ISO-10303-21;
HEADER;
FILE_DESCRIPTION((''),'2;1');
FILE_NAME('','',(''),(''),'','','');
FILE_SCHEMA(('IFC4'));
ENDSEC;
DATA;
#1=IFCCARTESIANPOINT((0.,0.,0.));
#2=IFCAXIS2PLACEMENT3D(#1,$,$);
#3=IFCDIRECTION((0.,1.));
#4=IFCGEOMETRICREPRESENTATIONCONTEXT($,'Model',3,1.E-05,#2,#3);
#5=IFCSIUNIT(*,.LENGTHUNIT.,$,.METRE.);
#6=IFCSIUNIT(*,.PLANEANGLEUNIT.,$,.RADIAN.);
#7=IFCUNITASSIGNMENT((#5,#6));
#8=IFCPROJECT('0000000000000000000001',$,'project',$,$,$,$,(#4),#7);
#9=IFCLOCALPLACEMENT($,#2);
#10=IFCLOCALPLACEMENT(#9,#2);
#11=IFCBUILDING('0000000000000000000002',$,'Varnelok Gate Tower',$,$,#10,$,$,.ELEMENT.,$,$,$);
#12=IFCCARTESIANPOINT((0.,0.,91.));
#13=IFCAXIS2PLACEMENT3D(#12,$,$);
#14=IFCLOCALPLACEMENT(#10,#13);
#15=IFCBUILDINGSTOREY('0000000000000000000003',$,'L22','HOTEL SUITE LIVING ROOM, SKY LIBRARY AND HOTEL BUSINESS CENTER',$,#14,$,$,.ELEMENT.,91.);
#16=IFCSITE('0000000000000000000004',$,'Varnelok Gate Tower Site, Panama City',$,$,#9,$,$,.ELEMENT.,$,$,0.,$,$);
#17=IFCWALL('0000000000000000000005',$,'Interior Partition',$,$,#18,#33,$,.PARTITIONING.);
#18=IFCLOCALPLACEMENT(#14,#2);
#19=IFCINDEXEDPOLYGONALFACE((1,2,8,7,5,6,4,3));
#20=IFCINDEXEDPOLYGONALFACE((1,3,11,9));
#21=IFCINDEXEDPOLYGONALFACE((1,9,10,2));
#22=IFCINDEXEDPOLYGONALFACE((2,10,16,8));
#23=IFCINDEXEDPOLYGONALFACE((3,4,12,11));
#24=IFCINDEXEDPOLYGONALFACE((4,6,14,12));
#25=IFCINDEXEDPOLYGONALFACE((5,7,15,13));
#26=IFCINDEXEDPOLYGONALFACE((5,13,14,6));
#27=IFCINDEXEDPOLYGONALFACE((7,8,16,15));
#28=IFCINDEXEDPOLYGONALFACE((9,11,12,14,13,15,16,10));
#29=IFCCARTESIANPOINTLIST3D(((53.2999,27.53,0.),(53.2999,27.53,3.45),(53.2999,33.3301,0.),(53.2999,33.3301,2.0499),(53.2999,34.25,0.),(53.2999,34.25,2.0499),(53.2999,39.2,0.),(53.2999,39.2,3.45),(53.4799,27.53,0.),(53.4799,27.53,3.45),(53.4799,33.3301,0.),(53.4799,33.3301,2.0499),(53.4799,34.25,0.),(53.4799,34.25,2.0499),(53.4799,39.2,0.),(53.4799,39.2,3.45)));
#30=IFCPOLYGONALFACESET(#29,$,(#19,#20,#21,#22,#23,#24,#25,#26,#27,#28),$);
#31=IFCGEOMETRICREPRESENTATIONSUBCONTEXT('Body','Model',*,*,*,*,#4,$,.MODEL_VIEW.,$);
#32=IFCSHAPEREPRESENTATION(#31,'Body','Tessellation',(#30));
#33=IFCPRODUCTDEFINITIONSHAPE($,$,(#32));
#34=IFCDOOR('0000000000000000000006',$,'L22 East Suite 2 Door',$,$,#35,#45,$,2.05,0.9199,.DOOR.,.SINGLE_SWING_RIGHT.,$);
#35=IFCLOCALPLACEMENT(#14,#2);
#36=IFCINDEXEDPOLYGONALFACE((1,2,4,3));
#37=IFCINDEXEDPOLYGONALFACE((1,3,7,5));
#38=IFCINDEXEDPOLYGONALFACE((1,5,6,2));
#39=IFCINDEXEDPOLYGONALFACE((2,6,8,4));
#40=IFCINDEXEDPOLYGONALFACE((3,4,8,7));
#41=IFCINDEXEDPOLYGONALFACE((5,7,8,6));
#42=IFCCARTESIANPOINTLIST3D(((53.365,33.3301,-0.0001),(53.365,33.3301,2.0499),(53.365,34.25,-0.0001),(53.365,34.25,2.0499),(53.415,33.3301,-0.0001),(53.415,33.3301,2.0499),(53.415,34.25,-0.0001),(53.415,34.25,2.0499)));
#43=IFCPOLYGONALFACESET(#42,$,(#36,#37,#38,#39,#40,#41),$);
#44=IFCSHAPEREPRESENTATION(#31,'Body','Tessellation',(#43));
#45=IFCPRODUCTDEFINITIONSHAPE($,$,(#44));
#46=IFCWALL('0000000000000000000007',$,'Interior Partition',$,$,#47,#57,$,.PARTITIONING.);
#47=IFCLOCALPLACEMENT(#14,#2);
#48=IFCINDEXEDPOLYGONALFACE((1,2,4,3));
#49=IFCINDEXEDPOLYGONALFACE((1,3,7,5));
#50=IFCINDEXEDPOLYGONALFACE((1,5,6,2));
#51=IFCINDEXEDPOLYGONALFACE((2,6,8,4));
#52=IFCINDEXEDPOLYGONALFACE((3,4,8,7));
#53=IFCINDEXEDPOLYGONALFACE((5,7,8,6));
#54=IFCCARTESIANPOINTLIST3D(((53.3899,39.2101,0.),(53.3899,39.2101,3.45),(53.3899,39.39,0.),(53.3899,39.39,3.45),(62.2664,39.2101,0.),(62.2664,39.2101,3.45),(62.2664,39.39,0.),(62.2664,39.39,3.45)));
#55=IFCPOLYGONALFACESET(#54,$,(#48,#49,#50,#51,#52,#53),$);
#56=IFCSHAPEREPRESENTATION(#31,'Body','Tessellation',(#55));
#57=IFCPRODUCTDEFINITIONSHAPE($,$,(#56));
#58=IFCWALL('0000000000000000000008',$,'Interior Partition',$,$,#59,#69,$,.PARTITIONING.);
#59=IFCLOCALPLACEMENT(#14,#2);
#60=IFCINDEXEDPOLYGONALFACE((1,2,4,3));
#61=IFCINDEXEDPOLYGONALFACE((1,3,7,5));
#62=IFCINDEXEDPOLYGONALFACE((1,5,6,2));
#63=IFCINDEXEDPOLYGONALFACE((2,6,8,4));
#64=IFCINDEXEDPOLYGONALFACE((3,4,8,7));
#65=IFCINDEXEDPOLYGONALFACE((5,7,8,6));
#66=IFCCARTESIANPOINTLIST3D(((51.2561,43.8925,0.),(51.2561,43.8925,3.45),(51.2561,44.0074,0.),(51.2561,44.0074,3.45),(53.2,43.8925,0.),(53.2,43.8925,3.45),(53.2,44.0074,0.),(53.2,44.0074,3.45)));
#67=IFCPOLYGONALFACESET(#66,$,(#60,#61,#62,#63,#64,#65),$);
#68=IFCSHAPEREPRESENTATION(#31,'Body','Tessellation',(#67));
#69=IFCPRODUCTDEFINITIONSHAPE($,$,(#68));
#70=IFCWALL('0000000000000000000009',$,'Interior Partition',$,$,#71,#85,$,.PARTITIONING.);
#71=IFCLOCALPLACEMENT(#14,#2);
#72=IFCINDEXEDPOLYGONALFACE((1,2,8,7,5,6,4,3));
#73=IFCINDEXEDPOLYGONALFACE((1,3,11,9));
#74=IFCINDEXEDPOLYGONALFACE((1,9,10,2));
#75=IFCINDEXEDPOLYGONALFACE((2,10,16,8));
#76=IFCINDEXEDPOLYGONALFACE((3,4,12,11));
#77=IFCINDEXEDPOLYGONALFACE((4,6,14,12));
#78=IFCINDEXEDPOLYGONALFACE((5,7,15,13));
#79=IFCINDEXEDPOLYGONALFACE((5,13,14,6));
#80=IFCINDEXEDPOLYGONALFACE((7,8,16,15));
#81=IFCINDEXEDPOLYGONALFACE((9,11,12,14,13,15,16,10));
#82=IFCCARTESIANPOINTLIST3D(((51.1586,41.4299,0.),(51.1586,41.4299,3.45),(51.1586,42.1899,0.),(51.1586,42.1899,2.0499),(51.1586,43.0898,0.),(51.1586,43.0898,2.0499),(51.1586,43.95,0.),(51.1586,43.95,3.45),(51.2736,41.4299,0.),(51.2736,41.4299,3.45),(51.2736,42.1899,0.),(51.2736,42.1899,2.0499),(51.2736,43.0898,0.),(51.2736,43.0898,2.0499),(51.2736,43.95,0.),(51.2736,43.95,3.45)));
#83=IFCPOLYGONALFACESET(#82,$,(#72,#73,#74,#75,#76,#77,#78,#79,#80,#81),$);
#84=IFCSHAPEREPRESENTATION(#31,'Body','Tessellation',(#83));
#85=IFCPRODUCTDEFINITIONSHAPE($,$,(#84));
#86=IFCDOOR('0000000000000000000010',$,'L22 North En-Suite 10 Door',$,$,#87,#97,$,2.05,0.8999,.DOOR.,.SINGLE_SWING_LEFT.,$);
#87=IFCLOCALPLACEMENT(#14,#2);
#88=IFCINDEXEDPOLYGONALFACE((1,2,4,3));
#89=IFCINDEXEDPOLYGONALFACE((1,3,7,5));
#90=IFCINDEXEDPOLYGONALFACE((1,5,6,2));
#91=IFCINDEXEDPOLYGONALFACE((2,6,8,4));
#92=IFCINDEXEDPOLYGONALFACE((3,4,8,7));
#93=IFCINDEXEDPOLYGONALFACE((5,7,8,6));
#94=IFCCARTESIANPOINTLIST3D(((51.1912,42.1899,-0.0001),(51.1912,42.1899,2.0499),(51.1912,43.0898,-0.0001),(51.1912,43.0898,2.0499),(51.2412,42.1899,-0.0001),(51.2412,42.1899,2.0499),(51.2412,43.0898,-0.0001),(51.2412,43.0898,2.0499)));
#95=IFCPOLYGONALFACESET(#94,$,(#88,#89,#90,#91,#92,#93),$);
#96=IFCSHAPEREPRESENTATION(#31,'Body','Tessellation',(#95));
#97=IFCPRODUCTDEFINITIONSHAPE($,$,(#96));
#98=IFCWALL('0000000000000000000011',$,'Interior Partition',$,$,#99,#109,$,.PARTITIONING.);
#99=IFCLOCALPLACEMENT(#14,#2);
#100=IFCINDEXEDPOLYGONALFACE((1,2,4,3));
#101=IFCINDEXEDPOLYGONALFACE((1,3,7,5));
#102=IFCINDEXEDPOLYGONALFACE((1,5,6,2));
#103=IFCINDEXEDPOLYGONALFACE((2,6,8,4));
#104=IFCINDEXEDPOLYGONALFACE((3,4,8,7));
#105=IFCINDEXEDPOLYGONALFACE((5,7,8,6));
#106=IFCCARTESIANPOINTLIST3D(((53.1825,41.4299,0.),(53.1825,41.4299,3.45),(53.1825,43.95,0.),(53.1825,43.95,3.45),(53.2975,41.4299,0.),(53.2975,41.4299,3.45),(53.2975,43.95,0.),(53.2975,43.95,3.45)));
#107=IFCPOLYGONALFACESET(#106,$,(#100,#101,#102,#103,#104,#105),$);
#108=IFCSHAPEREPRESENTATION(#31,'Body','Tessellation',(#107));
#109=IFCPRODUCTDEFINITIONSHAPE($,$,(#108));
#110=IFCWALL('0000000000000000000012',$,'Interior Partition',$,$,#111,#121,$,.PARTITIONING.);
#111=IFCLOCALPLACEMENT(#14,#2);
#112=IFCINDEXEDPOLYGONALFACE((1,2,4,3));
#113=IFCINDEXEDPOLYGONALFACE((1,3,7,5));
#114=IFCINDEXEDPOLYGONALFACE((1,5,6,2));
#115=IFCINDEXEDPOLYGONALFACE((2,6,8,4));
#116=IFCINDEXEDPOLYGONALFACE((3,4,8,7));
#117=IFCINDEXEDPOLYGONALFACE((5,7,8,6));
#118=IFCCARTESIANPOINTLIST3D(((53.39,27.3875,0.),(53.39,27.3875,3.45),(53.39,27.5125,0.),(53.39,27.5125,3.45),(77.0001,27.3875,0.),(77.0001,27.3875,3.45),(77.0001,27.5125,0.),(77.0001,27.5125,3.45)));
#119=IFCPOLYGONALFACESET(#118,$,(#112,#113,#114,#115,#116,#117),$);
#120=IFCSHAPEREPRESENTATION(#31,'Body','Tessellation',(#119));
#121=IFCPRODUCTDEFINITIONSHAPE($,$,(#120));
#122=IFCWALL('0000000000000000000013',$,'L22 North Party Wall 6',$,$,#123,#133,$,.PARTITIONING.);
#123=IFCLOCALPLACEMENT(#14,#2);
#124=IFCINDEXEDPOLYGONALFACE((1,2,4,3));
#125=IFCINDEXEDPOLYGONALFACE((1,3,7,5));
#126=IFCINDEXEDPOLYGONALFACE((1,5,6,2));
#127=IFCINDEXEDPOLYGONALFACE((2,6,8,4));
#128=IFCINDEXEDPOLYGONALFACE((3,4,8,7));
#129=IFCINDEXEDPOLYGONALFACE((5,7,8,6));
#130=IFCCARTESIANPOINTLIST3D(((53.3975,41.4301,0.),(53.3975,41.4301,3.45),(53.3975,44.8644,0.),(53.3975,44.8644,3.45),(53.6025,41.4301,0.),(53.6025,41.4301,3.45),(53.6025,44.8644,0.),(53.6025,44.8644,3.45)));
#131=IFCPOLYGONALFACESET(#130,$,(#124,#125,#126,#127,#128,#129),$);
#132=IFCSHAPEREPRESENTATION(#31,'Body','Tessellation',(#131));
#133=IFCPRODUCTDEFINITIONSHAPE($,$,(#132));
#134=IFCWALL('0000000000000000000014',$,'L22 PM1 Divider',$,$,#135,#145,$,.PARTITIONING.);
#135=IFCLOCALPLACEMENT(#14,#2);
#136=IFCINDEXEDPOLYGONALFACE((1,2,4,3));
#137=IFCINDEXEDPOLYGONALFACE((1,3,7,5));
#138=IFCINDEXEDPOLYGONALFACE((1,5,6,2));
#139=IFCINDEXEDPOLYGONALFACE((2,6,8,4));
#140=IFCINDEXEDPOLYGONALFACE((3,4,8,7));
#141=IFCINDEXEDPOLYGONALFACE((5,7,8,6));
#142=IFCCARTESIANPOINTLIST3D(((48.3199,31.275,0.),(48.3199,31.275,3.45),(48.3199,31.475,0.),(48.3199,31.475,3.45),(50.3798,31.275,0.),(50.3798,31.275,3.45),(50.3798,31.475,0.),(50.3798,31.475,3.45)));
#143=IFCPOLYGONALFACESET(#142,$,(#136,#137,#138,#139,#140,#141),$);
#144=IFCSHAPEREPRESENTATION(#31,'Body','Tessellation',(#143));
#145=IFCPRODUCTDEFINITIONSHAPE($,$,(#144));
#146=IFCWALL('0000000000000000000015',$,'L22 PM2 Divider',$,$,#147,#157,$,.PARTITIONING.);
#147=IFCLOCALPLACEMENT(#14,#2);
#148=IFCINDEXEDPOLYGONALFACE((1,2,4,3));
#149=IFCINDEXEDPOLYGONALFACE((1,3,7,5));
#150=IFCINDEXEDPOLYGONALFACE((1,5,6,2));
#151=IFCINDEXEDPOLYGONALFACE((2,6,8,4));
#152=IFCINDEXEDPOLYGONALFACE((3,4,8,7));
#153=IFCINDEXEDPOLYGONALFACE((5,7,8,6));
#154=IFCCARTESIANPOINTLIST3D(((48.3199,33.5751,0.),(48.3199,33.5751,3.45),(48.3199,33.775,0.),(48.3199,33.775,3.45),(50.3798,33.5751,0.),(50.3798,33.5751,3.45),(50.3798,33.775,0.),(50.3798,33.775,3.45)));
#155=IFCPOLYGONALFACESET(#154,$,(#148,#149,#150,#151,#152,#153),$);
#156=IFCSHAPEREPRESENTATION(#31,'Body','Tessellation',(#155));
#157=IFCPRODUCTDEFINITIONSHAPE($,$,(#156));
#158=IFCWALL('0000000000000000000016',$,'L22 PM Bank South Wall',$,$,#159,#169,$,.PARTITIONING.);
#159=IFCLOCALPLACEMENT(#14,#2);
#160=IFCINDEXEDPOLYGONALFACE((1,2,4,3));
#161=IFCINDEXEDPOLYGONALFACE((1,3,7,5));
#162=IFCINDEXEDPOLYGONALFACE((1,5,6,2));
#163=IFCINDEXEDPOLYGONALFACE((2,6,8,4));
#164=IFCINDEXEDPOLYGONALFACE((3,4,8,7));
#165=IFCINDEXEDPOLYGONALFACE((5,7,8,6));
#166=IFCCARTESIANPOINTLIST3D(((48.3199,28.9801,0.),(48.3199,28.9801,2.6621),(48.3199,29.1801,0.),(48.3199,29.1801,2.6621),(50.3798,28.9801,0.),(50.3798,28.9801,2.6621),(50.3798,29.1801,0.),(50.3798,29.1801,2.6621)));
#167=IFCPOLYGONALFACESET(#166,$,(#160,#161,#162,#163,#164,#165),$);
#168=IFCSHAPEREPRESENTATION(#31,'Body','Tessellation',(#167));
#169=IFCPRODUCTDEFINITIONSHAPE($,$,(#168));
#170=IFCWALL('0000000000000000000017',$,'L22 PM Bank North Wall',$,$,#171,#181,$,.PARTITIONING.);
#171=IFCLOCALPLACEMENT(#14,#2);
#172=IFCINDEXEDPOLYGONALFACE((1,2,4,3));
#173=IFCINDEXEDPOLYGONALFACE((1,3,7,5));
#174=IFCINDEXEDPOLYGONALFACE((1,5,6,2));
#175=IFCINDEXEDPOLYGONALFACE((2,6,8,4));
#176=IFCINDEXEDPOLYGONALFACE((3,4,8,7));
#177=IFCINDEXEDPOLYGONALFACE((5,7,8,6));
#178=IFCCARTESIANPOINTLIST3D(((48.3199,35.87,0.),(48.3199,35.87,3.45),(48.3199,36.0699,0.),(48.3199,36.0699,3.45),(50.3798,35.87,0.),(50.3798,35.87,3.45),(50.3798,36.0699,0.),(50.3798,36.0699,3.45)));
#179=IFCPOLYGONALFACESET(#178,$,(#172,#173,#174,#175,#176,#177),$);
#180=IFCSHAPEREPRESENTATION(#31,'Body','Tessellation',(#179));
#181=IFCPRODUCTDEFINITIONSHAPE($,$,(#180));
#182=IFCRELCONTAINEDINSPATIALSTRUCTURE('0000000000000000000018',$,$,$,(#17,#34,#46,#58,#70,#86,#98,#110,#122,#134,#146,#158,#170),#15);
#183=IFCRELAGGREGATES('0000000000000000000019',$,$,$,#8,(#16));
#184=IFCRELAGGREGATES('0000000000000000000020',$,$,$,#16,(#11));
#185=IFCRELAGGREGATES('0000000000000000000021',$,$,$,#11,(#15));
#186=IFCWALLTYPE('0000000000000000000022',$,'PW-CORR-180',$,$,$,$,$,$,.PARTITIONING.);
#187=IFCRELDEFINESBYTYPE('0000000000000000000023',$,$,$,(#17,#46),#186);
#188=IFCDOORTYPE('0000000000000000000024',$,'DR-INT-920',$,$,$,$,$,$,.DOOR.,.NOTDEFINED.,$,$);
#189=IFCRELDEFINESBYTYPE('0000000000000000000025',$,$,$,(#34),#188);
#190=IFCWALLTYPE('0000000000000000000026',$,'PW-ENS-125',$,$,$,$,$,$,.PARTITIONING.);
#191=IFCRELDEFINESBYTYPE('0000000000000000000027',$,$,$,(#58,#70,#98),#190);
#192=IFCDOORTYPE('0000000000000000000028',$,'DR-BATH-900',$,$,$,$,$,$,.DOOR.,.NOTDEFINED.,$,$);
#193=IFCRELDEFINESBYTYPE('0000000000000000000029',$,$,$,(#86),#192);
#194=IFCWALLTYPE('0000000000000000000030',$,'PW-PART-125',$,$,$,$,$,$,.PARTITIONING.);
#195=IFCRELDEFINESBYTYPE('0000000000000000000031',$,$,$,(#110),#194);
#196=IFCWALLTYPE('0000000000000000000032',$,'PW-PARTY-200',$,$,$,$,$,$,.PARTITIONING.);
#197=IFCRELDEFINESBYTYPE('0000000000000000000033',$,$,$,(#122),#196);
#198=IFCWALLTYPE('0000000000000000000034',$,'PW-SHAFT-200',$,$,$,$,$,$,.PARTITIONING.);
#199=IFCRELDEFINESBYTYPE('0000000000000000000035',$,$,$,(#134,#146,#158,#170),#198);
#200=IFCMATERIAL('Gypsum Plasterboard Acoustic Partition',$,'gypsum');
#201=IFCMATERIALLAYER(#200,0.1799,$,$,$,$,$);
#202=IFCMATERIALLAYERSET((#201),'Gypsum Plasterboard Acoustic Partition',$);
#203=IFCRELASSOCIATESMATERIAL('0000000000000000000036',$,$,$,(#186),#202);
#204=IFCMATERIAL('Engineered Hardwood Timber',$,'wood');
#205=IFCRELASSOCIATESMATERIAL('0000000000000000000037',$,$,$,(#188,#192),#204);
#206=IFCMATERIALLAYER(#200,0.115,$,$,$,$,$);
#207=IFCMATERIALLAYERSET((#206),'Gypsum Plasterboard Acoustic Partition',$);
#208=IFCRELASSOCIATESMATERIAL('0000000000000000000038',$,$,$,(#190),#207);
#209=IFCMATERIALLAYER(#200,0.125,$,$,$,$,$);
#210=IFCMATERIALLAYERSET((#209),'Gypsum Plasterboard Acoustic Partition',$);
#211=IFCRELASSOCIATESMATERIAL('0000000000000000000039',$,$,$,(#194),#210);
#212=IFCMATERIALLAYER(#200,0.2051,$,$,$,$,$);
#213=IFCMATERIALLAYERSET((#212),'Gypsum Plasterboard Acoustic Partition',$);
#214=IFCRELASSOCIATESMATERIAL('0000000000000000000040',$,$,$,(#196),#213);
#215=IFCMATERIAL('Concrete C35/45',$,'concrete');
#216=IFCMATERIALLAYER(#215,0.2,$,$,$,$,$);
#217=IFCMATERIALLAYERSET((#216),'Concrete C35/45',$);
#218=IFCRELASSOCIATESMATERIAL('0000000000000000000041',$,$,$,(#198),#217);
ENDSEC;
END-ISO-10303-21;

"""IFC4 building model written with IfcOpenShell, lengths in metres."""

from ifc_helpers import new_model, si_unit, direction, frame, frame_2d, origin, place, context, subcontext, project, spatial, rectangle, extrude, material, layer, layer_set, type_object, element, fill, save


model = new_model("IFC4")

# Units and contexts
model_context = context("Model", 3, precision=1e-05, world=origin(), true_north=direction((0.0, 1.0)))
body_context = subcontext(model_context, "Body", "Model", "MODEL_VIEW")
ifc_project = project(units=[si_unit("LENGTHUNIT", "METRE"), si_unit("PLANEANGLEUNIT", "RADIAN")], contexts=[model_context])

# Site, building, storey
site_placement = place(None, origin())
site = spatial("IfcSite", under=ifc_project, at=site_placement, Name="Varnelok Gate Tower Site, Panama City", CompositionType="ELEMENT", RefElevation=0.0)
building_placement = place(site_placement, origin())
building = spatial("IfcBuilding", under=site, at=building_placement, Name="Varnelok Gate Tower", CompositionType="ELEMENT")
storey_placement = place(building_placement, frame((0.0, 0.0, 91.0)))
storey = spatial("IfcBuildingStorey", under=building, at=storey_placement, Name="L22", Description="HOTEL SUITE LIVING ROOM, SKY LIBRARY AND HOTEL BUSINESS CENTER", CompositionType="ELEMENT", Elevation=91.0)

# Wall, opening, door
ifc_material_1 = material(Name="Gypsum Plasterboard Acoustic Partition", Category="gypsum")
ifc_layer_1 = layer(ifc_material_1, 0.1799)
ifc_layer_set_1 = layer_set([ifc_layer_1], Name="Gypsum Plasterboard Acoustic Partition")
wall_type_1 = type_object("IfcWallType", Name="PW-CORR-180", PredefinedType="PARTITIONING", material=ifc_layer_set_1)
wall_1_placement = place(storey_placement, frame((53.3899, 27.53, 0.0), z_axis=(0.0, 0.0, 1.0), x_axis=(0.0, 1.0, 0.0)))
wall_1 = element("IfcWall", 1, at=wall_1_placement, inside=storey, type_object=wall_type_1, Name="Interior Partition", PredefinedType="PARTITIONING", context=body_context, shape_type="SweptSolid", body=[
    extrude(rectangle(XDim=11.6699, YDim=0.1799, at=frame_2d((5.835, 0.0))), origin(), (0.0, 0.0, 1.0), 3.45),
])
opening_1_placement = place(wall_1_placement, frame((5.8, 0.0, 0.0)))
opening_1 = element("IfcOpeningElement", 2, at=opening_1_placement, cuts=wall_1, PredefinedType="OPENING", context=body_context, shape_type="SweptSolid", body=[
    extrude(rectangle(XDim=0.9199, YDim=2.05, at=frame_2d((0.46, 1.0249))), frame((0.0, 0.0999, 0.0), z_axis=(0.0, -1.0, 0.0), x_axis=(1.0, 0.0, 0.0)), (0.0, 0.0, 1.0), 0.2),
])
ifc_material_2 = material(Name="Engineered Hardwood Timber", Category="wood")
door_type_1 = type_object("IfcDoorType", Name="DR-INT-920", OperationType="NOTDEFINED", PredefinedType="DOOR", material=ifc_material_2)
door_1_placement = place(opening_1_placement, origin())
door_1 = element("IfcDoor", 3, at=door_1_placement, inside=storey, type_object=door_type_1, Name="L22 East Suite 2 Door", OperationType="SINGLE_SWING_RIGHT", OverallHeight=2.05, OverallWidth=0.9199, PredefinedType="DOOR", context=body_context, shape_type="SweptSolid", body=[
    extrude(rectangle(XDim=0.9199, YDim=2.05, at=frame_2d((0.46, 1.0249))), frame((0.0, 0.0249, 0.0), z_axis=(0.0, -1.0, 0.0), x_axis=(1.0, 0.0, 0.0)), (0.0, 0.0, 1.0), 0.05),
])
fill(opening_1, door_1)

# Walls
wall_2_placement = place(storey_placement, frame((53.3899, 39.3, 0.0), z_axis=(0.0, 0.0, 1.0), x_axis=(1.0, 0.0, 0.0)))
element("IfcWall", 4, at=wall_2_placement, inside=storey, type_object=wall_type_1, Name="Interior Partition", PredefinedType="PARTITIONING", context=body_context, shape_type="SweptSolid", body=[
    extrude(rectangle(XDim=8.8765, YDim=0.1799, at=frame_2d((4.4382, 0.0))), origin(), (0.0, 0.0, 1.0), 3.45),
])
ifc_layer_2 = layer(ifc_material_1, 0.115)
ifc_layer_set_2 = layer_set([ifc_layer_2], Name="Gypsum Plasterboard Acoustic Partition")
wall_type_2 = type_object("IfcWallType", Name="PW-ENS-125", PredefinedType="PARTITIONING", material=ifc_layer_set_2)
wall_3_placement = place(storey_placement, frame((51.2561, 43.95, 0.0), z_axis=(0.0, 0.0, 1.0), x_axis=(1.0, 0.0, 0.0)))
element("IfcWall", 5, at=wall_3_placement, inside=storey, type_object=wall_type_2, Name="Interior Partition", PredefinedType="PARTITIONING", context=body_context, shape_type="SweptSolid", body=[
    extrude(rectangle(XDim=1.9438, YDim=0.115, at=frame_2d((0.9719, 0.0))), origin(), (0.0, 0.0, 1.0), 3.45),
])

# Wall, opening, door
wall_4_placement = place(storey_placement, frame((51.2161, 41.4299, 0.0), z_axis=(0.0, 0.0, 1.0), x_axis=(0.0, 1.0, 0.0)))
wall_4 = element("IfcWall", 6, at=wall_4_placement, inside=storey, type_object=wall_type_2, Name="Interior Partition", PredefinedType="PARTITIONING", context=body_context, shape_type="SweptSolid", body=[
    extrude(rectangle(XDim=2.52, YDim=0.115, at=frame_2d((1.26, 0.0))), origin(), (0.0, 0.0, 1.0), 3.45),
])
opening_2_placement = place(wall_4_placement, frame((0.76, 0.0, 0.0)))
opening_2 = element("IfcOpeningElement", 7, at=opening_2_placement, cuts=wall_4, PredefinedType="OPENING", context=body_context, shape_type="SweptSolid", body=[
    extrude(rectangle(XDim=0.8999, YDim=2.05, at=frame_2d((0.45, 1.0249))), frame((0.0, 0.0674, 0.0), z_axis=(0.0, -1.0, 0.0), x_axis=(1.0, 0.0, 0.0)), (0.0, 0.0, 1.0), 0.135),
])
door_type_2 = type_object("IfcDoorType", Name="DR-BATH-900", OperationType="NOTDEFINED", PredefinedType="DOOR", material=ifc_material_2)
door_2_placement = place(opening_2_placement, origin())
door_2 = element("IfcDoor", 8, at=door_2_placement, inside=storey, type_object=door_type_2, Name="L22 North En-Suite 10 Door", OperationType="SINGLE_SWING_LEFT", OverallHeight=2.05, OverallWidth=0.8999, PredefinedType="DOOR", context=body_context, shape_type="SweptSolid", body=[
    extrude(rectangle(XDim=0.8999, YDim=2.05, at=frame_2d((0.45, 1.0249))), frame((0.0, 0.0249, 0.0), z_axis=(0.0, -1.0, 0.0), x_axis=(1.0, 0.0, 0.0)), (0.0, 0.0, 1.0), 0.05),
])
fill(opening_2, door_2)

# Walls
wall_5_placement = place(storey_placement, frame((53.24, 41.4299, 0.0), z_axis=(0.0, 0.0, 1.0), x_axis=(0.0, 1.0, 0.0)))
element("IfcWall", 9, at=wall_5_placement, inside=storey, type_object=wall_type_2, Name="Interior Partition", PredefinedType="PARTITIONING", context=body_context, shape_type="SweptSolid", body=[
    extrude(rectangle(XDim=2.52, YDim=0.115, at=frame_2d((1.26, 0.0))), origin(), (0.0, 0.0, 1.0), 3.45),
])
ifc_layer_3 = layer(ifc_material_1, 0.125)
ifc_layer_set_3 = layer_set([ifc_layer_3], Name="Gypsum Plasterboard Acoustic Partition")
wall_type_3 = type_object("IfcWallType", Name="PW-PART-125", PredefinedType="PARTITIONING", material=ifc_layer_set_3)
wall_6_placement = place(storey_placement, frame((53.3899, 27.45, 0.0), z_axis=(0.0, 0.0, 1.0), x_axis=(1.0, 0.0, 0.0)))
element("IfcWall", 10, at=wall_6_placement, inside=storey, type_object=wall_type_3, Name="Interior Partition", PredefinedType="PARTITIONING", context=body_context, shape_type="SweptSolid", body=[
    extrude(rectangle(XDim=23.6101, YDim=0.125, at=frame_2d((11.8052, 0.0))), origin(), (0.0, 0.0, 1.0), 3.45),
])
ifc_layer_4 = layer(ifc_material_1, 0.2051)
ifc_layer_set_4 = layer_set([ifc_layer_4], Name="Gypsum Plasterboard Acoustic Partition")
wall_type_4 = type_object("IfcWallType", Name="PW-PARTY-200", PredefinedType="PARTITIONING", material=ifc_layer_set_4)
wall_7_placement = place(storey_placement, frame((53.5, 41.4299, 0.0), z_axis=(0.0, 0.0, 1.0), x_axis=(0.0, 1.0, 0.0)))
element("IfcWall", 11, at=wall_7_placement, inside=storey, type_object=wall_type_4, Name="L22 North Party Wall 6", PredefinedType="PARTITIONING", context=body_context, shape_type="SweptSolid", body=[
    extrude(rectangle(XDim=3.4343, YDim=0.2051, at=frame_2d((1.7173, 0.0))), origin(), (0.0, 0.0, 1.0), 3.45),
])
ifc_material_3 = material(Name="Concrete C35/45", Category="concrete")
ifc_layer_5 = layer(ifc_material_3, 0.2)
ifc_layer_set_5 = layer_set([ifc_layer_5], Name="Concrete C35/45")
wall_type_5 = type_object("IfcWallType", Name="PW-SHAFT-200", PredefinedType="PARTITIONING", material=ifc_layer_set_5)
for number, where, z_axis, x_axis, name in (
    (12, (48.3201, 31.375, 0.0), (0.0, 0.0, 1.0), (1.0, 0.0, 0.0), "L22 PM1 Divider"),
    (13, (48.3201, 33.675, 0.0), (0.0, 0.0, 1.0), (1.0, 0.0, 0.0), "L22 PM2 Divider"),
):
    element("IfcWall", number, at=place(storey_placement, frame(where, z_axis=z_axis, x_axis=x_axis)), inside=storey, type_object=wall_type_5, Name=name, PredefinedType="PARTITIONING", context=body_context, shape_type="SweptSolid", body=[
        extrude(rectangle(XDim=2.0598, YDim=0.2, at=frame_2d((1.0298, 0.0))), origin(), (0.0, 0.0, 1.0), 3.45),
    ])
wall_8_placement = place(storey_placement, frame((48.3201, 29.0801, 0.0), z_axis=(0.0, 0.0, 1.0), x_axis=(1.0, 0.0, 0.0)))
element("IfcWall", 14, at=wall_8_placement, inside=storey, type_object=wall_type_5, Name="L22 PM Bank South Wall", PredefinedType="PARTITIONING", context=body_context, shape_type="SweptSolid", body=[
    extrude(rectangle(XDim=2.0598, YDim=0.2, at=frame_2d((1.0298, 0.0))), origin(), (0.0, 0.0, 1.0), 2.6621),
])
wall_9_placement = place(storey_placement, frame((48.3201, 35.97, 0.0), z_axis=(0.0, 0.0, 1.0), x_axis=(1.0, 0.0, 0.0)))
element("IfcWall", 15, at=wall_9_placement, inside=storey, type_object=wall_type_5, Name="L22 PM Bank North Wall", PredefinedType="PARTITIONING", context=body_context, shape_type="SweptSolid", body=[
    extrude(rectangle(XDim=2.0598, YDim=0.2, at=frame_2d((1.0298, 0.0))), origin(), (0.0, 0.0, 1.0), 3.45),
])

save(model, "model.ifc")
